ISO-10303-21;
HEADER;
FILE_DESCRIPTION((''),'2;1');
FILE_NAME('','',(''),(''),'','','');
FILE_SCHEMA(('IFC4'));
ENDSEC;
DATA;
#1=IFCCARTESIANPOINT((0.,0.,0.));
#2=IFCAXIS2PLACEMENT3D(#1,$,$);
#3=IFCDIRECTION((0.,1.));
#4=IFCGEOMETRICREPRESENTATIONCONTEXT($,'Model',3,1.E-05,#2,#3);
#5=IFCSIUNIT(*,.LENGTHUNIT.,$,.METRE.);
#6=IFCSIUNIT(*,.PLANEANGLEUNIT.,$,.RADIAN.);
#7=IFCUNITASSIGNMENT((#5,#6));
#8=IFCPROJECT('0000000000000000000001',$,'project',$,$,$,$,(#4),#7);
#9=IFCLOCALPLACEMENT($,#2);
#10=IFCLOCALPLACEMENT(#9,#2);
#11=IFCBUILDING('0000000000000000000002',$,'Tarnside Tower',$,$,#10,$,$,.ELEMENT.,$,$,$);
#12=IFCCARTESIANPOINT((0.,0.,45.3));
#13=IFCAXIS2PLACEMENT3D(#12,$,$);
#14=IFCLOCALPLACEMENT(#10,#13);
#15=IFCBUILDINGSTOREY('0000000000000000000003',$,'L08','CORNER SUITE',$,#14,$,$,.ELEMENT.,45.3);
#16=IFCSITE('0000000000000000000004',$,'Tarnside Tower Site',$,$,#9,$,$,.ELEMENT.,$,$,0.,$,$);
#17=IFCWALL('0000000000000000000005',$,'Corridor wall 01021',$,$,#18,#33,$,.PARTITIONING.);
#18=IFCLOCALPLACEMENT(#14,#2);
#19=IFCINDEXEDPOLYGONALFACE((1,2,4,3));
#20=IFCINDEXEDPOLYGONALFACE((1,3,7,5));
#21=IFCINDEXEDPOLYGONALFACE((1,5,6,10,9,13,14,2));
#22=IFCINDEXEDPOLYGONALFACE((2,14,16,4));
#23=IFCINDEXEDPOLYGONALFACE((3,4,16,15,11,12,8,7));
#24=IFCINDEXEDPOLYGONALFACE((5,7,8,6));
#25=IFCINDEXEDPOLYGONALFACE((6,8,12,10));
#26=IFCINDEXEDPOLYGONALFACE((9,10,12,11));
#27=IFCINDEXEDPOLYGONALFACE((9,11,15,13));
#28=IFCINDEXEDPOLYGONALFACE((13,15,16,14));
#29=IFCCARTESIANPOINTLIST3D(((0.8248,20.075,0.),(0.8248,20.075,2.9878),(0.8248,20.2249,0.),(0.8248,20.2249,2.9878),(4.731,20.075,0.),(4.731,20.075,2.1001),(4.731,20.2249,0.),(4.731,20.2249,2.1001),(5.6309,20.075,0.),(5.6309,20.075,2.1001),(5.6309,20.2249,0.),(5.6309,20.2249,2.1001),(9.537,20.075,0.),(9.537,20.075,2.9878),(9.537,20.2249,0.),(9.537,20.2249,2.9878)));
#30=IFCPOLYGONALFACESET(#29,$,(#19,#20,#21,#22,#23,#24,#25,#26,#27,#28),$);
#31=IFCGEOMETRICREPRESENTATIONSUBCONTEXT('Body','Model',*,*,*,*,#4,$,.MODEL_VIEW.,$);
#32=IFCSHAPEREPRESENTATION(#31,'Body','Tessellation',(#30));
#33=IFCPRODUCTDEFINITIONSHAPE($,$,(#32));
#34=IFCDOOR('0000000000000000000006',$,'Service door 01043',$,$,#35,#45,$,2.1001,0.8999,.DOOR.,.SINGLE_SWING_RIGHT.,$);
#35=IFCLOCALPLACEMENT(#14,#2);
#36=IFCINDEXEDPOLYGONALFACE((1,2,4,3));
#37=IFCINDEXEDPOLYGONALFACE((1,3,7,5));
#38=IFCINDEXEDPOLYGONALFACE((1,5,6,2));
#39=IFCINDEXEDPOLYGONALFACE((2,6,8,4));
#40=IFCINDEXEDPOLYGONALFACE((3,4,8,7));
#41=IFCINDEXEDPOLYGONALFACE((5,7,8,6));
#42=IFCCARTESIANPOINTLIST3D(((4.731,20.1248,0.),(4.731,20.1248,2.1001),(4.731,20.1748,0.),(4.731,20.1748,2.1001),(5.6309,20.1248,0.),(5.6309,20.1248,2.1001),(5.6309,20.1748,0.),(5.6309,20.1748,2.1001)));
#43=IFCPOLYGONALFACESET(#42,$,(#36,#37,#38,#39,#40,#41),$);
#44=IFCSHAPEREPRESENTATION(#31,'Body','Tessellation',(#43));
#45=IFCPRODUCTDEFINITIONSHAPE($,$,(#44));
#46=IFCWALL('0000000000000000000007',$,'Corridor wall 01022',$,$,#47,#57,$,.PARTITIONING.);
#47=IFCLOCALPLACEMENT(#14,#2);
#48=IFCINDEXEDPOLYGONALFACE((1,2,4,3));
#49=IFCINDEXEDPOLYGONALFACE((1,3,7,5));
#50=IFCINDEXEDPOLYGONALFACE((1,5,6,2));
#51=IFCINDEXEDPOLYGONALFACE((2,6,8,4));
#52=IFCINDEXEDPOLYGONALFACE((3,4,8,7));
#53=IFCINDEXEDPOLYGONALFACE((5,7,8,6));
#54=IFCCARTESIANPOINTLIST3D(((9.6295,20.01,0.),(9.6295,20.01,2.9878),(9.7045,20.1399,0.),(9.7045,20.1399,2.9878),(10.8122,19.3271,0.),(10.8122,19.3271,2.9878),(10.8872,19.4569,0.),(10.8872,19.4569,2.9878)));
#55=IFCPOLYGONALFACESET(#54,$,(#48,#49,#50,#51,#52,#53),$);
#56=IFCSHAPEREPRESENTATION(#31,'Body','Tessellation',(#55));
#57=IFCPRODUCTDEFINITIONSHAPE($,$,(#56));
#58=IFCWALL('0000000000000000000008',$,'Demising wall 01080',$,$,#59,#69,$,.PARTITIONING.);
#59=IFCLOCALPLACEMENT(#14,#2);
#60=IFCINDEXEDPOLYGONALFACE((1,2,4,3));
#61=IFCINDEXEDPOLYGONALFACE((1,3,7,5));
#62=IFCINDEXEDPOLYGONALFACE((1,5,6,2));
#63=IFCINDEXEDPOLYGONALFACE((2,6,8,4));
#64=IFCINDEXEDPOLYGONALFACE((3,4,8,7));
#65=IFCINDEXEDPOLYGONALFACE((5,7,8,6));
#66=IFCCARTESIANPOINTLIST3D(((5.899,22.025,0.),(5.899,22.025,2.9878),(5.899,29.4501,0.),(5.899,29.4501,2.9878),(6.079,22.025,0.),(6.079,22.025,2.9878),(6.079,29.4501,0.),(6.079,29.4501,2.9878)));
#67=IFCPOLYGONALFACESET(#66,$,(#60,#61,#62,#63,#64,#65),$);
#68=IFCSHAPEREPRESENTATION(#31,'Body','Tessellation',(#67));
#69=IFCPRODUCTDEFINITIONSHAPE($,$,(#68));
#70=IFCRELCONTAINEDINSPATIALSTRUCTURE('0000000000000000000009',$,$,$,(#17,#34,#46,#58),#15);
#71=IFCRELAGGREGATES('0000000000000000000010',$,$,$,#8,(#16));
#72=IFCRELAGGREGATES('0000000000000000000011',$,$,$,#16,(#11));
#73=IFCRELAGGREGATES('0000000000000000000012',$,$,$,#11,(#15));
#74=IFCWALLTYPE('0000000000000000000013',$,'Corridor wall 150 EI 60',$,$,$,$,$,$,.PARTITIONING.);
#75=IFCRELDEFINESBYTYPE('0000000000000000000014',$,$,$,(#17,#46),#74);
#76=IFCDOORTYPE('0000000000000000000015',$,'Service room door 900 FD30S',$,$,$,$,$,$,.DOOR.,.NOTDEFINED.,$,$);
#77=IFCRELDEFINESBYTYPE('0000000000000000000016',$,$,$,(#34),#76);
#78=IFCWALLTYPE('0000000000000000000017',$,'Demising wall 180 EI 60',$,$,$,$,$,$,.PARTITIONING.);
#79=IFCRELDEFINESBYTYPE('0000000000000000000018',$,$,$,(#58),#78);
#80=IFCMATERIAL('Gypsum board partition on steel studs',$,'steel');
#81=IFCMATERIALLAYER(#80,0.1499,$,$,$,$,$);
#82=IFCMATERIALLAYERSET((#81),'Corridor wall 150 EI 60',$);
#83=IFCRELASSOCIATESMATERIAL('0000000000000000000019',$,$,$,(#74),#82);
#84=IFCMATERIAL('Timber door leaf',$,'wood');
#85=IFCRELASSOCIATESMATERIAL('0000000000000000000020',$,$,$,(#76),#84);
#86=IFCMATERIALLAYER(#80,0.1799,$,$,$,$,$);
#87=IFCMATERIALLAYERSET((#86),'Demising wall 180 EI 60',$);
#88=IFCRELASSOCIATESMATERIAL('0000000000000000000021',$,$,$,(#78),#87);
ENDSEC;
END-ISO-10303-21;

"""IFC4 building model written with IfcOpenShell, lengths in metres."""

from ifc_helpers import new_model, si_unit, direction, frame, frame_2d, origin, place, context, subcontext, project, spatial, rectangle, extrude, material, layer, layer_set, type_object, element, fill, save


model = new_model("IFC4")

# Units and contexts
model_context = context("Model", 3, precision=1e-05, world=origin(), true_north=direction((0.0, 1.0)))
body_context = subcontext(model_context, "Body", "Model", "MODEL_VIEW")
ifc_project = project(units=[si_unit("LENGTHUNIT", "METRE"), si_unit("PLANEANGLEUNIT", "RADIAN")], contexts=[model_context])

# Site, building, storey
site_placement = place(None, origin())
site = spatial("IfcSite", under=ifc_project, at=site_placement, Name="Tarnside Tower Site", CompositionType="ELEMENT", RefElevation=0.0)
building_placement = place(site_placement, origin())
building = spatial("IfcBuilding", under=site, at=building_placement, Name="Tarnside Tower", CompositionType="ELEMENT")
storey_placement = place(building_placement, frame((0.0, 0.0, 45.3)))
storey = spatial("IfcBuildingStorey", under=building, at=storey_placement, Name="L08", Description="CORNER SUITE", CompositionType="ELEMENT", Elevation=45.3)

# Shared definitions
ifc_material_1 = material(Name="Gypsum board partition on steel studs", Category="steel")
ifc_material_2 = material(Name="Timber door leaf", Category="wood")

# Wall, opening, door
ifc_layer_1 = layer(ifc_material_1, 0.1499)
ifc_layer_set_1 = layer_set([ifc_layer_1], Name="Corridor wall 150 EI 60")
wall_type_1 = type_object("IfcWallType", Name="Corridor wall 150 EI 60", PredefinedType="PARTITIONING", material=ifc_layer_set_1)
wall_1_placement = place(storey_placement, frame((0.825, 20.1499, 0.0), z_axis=(0.0, 0.0, 1.0), x_axis=(1.0, 0.0, 0.0)))
wall_1 = element("IfcWall", 1, at=wall_1_placement, inside=storey, type_object=wall_type_1, Name="Corridor wall 01021", PredefinedType="PARTITIONING", context=body_context, shape_type="SweptSolid", body=[
    extrude(rectangle(XDim=8.7122, YDim=0.1499, at=frame_2d((4.356, 0.0))), origin(), (0.0, 0.0, 1.0), 2.9878),
])
opening_1_placement = place(wall_1_placement, frame((3.906, 0.0, 0.0)))
opening_1 = element("IfcOpeningElement", 2, at=opening_1_placement, cuts=wall_1, PredefinedType="OPENING", context=body_context, shape_type="SweptSolid", body=[
    extrude(rectangle(XDim=0.8999, YDim=2.1001, at=frame_2d((0.45, 1.05))), frame((0.0, 0.085, 0.0), z_axis=(0.0, -1.0, 0.0), x_axis=(1.0, 0.0, 0.0)), (0.0, 0.0, 1.0), 0.1699),
])
door_type_1 = type_object("IfcDoorType", Name="Service room door 900 FD30S", OperationType="NOTDEFINED", PredefinedType="DOOR", material=ifc_material_2)
door_1_placement = place(opening_1_placement, origin())
door_1 = element("IfcDoor", 3, at=door_1_placement, inside=storey, type_object=door_type_1, Name="Service door 01043", OperationType="SINGLE_SWING_RIGHT", OverallHeight=2.1001, OverallWidth=0.8999, PredefinedType="DOOR", context=body_context, shape_type="SweptSolid", body=[
    extrude(rectangle(XDim=0.8999, YDim=2.1001, at=frame_2d((0.45, 1.05))), frame((0.0, 0.0249, 0.0), z_axis=(0.0, -1.0, 0.0), x_axis=(1.0, 0.0, 0.0)), (0.0, 0.0, 1.0), 0.05),
])
fill(opening_1, door_1)

# Walls
wall_2_placement = place(storey_placement, frame((9.667, 20.075, 0.0), z_axis=(0.0, 0.0, 1.0), x_axis=(0.866001, -0.500042, 0.0)))
element("IfcWall", 4, at=wall_2_placement, inside=storey, type_object=wall_type_1, Name="Corridor wall 01022", PredefinedType="PARTITIONING", context=body_context, shape_type="SweptSolid", body=[
    extrude(rectangle(XDim=1.3657, YDim=0.1499, at=frame_2d((0.6829, 0.0))), origin(), (0.0, 0.0, 1.0), 2.9878),
])
ifc_layer_2 = layer(ifc_material_1, 0.1799)
ifc_layer_set_2 = layer_set([ifc_layer_2], Name="Demising wall 180 EI 60")
wall_type_2 = type_object("IfcWallType", Name="Demising wall 180 EI 60", PredefinedType="PARTITIONING", material=ifc_layer_set_2)
wall_3_placement = place(storey_placement, frame((5.989, 29.45, 0.0), z_axis=(0.0, 0.0, 1.0), x_axis=(0.0, -1.0, 0.0)))
element("IfcWall", 5, at=wall_3_placement, inside=storey, type_object=wall_type_2, Name="Demising wall 01080", PredefinedType="PARTITIONING", context=body_context, shape_type="SweptSolid", body=[
    extrude(rectangle(XDim=7.425, YDim=0.1799, at=frame_2d((3.7124, 0.0))), origin(), (0.0, 0.0, 1.0), 2.9878),
])

save(model, "model.ifc")
